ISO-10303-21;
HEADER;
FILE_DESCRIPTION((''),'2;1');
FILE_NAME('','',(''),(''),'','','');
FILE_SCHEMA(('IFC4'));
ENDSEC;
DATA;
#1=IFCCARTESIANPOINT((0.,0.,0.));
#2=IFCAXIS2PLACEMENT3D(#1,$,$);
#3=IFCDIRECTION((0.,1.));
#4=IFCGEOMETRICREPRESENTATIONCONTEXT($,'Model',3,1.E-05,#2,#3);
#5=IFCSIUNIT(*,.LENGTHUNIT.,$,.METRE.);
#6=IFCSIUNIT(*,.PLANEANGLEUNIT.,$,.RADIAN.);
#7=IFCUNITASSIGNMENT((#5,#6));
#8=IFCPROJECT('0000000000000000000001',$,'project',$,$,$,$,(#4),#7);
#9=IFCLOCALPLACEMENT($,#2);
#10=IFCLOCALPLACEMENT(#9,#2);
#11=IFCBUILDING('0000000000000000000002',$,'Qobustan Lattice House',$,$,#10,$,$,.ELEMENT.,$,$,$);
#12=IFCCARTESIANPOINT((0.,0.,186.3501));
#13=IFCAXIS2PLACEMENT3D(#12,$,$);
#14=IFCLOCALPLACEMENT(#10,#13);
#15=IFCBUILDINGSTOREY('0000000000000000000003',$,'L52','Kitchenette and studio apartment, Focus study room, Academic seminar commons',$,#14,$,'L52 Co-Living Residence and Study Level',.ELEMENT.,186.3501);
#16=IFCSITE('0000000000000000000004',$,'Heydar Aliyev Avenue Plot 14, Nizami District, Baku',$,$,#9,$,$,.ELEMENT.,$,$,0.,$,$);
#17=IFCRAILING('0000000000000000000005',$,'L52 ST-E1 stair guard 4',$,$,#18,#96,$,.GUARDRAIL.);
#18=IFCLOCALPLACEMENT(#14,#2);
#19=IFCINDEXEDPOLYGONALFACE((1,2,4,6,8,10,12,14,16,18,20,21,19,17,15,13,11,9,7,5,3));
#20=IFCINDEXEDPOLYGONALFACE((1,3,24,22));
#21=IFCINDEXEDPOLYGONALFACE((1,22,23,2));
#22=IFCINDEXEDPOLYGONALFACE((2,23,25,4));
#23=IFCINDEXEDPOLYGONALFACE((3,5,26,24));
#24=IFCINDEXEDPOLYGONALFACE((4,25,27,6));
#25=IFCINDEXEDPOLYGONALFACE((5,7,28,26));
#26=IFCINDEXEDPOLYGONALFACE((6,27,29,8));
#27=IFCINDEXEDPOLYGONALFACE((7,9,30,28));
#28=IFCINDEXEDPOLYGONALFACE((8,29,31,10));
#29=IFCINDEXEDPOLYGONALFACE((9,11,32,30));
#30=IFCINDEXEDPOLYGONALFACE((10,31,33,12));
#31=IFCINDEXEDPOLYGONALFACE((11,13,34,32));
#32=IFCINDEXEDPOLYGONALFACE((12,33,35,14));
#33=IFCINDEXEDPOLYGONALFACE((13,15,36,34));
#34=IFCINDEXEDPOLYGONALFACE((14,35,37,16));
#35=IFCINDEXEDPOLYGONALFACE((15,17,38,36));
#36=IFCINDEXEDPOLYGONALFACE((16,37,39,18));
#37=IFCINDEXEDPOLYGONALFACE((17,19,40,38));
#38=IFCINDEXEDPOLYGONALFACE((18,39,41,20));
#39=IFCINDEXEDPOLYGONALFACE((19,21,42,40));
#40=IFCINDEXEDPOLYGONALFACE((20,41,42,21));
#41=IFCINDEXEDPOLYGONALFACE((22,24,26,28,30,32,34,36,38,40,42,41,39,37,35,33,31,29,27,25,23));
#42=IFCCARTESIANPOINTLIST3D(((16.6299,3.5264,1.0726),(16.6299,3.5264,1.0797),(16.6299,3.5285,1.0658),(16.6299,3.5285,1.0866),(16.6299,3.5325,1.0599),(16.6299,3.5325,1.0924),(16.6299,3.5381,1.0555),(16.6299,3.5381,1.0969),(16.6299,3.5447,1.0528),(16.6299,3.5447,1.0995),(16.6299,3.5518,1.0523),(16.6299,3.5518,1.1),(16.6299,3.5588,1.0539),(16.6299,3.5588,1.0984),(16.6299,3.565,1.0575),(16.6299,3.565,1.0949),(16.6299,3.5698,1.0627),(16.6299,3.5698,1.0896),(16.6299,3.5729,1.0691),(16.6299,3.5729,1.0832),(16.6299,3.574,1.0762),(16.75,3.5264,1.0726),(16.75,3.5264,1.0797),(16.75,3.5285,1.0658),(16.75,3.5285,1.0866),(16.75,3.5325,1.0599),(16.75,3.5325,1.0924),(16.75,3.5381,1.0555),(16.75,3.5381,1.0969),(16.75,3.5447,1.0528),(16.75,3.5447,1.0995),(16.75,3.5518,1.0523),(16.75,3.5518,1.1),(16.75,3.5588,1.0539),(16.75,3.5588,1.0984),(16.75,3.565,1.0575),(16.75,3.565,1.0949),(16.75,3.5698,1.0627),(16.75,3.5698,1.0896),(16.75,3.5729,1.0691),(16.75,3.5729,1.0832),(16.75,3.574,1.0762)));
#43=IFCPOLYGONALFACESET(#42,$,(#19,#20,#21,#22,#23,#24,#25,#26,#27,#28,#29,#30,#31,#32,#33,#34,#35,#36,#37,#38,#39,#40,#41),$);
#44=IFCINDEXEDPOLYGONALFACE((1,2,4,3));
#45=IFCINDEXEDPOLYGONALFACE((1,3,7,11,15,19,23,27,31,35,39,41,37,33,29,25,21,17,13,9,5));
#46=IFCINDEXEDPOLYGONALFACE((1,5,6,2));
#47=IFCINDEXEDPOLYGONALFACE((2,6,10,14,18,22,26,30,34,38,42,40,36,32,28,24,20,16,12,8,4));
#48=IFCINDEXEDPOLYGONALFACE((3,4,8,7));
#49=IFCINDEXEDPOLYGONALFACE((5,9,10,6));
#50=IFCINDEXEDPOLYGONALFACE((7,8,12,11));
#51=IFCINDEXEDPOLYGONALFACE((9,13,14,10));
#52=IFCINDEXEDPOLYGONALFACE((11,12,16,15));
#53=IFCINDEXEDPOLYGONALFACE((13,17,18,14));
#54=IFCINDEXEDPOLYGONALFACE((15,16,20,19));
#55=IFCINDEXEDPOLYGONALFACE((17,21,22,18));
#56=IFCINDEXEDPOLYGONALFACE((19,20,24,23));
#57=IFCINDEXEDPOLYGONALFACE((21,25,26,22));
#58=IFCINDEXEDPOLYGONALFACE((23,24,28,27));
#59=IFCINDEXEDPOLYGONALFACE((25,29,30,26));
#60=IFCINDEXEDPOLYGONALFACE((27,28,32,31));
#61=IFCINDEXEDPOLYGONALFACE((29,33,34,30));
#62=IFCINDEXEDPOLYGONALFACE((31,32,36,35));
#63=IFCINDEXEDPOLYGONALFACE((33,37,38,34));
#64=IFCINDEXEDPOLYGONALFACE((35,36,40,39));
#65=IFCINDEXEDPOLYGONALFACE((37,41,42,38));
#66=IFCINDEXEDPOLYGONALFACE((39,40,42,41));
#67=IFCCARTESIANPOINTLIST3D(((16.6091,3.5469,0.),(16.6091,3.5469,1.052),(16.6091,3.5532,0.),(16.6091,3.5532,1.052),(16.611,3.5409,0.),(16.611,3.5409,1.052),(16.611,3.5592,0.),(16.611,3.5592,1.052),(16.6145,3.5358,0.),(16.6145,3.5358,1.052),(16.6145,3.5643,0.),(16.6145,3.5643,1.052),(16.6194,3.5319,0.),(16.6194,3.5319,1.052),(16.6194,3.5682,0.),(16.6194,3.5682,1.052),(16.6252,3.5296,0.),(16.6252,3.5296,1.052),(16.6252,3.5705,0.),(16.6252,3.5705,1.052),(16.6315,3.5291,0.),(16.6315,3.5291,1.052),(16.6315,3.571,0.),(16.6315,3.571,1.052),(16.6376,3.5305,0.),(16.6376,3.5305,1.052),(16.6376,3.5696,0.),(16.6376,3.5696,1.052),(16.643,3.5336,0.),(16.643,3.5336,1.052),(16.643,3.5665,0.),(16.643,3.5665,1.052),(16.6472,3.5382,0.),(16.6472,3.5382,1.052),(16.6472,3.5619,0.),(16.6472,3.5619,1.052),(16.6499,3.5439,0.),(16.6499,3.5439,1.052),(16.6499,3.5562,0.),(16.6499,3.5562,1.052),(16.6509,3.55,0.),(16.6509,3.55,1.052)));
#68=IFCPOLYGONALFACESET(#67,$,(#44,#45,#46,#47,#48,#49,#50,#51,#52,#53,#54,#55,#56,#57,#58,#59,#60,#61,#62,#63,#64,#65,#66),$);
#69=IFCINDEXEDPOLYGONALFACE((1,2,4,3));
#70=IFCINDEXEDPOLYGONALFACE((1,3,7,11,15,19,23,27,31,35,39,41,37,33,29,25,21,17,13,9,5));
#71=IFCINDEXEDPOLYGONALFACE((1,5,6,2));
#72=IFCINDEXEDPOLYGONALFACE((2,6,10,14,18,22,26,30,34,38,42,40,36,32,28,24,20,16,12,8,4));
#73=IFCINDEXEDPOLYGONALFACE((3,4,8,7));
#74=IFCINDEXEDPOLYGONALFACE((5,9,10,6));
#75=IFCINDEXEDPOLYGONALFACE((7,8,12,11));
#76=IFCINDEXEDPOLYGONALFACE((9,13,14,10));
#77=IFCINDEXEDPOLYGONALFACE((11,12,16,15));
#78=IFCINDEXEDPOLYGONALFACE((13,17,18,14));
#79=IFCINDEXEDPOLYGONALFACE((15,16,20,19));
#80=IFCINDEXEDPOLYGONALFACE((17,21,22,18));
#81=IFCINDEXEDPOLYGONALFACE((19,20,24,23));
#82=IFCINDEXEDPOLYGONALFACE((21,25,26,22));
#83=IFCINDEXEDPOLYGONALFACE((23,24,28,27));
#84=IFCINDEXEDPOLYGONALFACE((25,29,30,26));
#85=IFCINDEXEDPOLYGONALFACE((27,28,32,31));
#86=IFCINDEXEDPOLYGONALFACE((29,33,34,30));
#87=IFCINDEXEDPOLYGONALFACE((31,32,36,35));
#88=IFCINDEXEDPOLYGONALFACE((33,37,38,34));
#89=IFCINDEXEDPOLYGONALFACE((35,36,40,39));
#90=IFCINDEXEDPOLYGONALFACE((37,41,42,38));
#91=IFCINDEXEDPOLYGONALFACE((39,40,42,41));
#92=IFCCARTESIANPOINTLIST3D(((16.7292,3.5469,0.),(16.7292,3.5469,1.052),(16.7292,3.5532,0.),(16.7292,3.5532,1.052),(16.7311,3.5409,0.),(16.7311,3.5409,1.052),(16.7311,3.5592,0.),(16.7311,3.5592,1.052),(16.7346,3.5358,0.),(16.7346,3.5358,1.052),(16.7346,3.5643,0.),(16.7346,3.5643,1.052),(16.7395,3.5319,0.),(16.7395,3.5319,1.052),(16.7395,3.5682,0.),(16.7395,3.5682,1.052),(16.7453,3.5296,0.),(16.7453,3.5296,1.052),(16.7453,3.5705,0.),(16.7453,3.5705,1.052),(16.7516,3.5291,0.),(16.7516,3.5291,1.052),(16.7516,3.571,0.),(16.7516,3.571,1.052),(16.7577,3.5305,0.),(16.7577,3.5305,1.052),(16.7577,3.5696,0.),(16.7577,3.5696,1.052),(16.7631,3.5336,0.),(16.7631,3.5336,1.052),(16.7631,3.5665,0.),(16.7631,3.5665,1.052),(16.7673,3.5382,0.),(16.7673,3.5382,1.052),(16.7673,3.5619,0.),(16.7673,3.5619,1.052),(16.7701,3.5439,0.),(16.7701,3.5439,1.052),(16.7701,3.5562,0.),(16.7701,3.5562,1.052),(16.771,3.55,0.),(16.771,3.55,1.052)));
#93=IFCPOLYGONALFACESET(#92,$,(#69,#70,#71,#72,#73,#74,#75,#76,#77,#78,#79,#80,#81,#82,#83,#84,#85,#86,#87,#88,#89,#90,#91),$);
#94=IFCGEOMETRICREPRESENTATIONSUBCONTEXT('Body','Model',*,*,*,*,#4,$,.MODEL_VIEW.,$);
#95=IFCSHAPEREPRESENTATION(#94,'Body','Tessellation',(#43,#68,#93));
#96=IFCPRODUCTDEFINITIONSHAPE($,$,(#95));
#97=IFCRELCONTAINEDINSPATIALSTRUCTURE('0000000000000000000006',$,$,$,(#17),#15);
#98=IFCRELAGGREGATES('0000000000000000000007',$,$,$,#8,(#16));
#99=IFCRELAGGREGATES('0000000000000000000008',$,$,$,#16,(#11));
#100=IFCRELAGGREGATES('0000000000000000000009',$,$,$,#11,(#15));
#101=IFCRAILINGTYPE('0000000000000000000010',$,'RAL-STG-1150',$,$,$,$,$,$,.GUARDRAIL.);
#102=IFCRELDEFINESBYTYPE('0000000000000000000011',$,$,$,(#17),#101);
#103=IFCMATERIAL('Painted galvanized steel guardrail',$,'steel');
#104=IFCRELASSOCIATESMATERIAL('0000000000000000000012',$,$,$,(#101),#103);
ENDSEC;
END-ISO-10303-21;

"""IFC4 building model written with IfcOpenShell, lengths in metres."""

from ifc_helpers import new_model, si_unit, direction, frame, origin, origin_2d, place, context, subcontext, project, spatial, circle, extrude, material, type_object, element, save


model = new_model("IFC4")

# Units and contexts
model_context = context("Model", 3, precision=1e-05, world=origin(), true_north=direction((0.0, 1.0)))
body_context = subcontext(model_context, "Body", "Model", "MODEL_VIEW")
ifc_project = project(units=[si_unit("LENGTHUNIT", "METRE"), si_unit("PLANEANGLEUNIT", "RADIAN")], contexts=[model_context])

# Site, building, storey
site_placement = place(None, origin())
site = spatial("IfcSite", under=ifc_project, at=site_placement, Name="Heydar Aliyev Avenue Plot 14, Nizami District, Baku", CompositionType="ELEMENT", RefElevation=0.0)
building_placement = place(site_placement, origin())
building = spatial("IfcBuilding", under=site, at=building_placement, Name="Qobustan Lattice House", CompositionType="ELEMENT")
storey_placement = place(building_placement, frame((0.0, 0.0, 186.3501)))
storey = spatial("IfcBuildingStorey", under=building, at=storey_placement, Name="L52", Description="Kitchenette and studio apartment, Focus study room, Academic seminar commons", LongName="L52 Co-Living Residence and Study Level", CompositionType="ELEMENT", Elevation=186.3501)

# Railing
ifc_material_1 = material(Name="Painted galvanized steel guardrail", Category="steel")
railing_type_1 = type_object("IfcRailingType", Name="RAL-STG-1150", PredefinedType="GUARDRAIL", material=ifc_material_1)
railing_1_placement = place(storey_placement, frame((16.6299, 3.55, 0.0)))
element("IfcRailing", 1, at=railing_1_placement, inside=storey, type_object=railing_type_1, Name="L52 ST-E1 stair guard 4", PredefinedType="GUARDRAIL", context=body_context, shape_type="SweptSolid", body=[
    extrude(circle(Radius=0.0239, at=origin_2d()), frame((0.0, 0.0, 1.0762), z_axis=(1.0, 0.0, 0.0), x_axis=(0.0, 1.0, 0.0)), (0.0, 0.0, 1.0), 0.1201),
    extrude(circle(Radius=0.021, at=origin_2d()), origin(), (0.0, 0.0, 1.0), 1.052),
    extrude(circle(Radius=0.021, at=origin_2d()), frame((0.1201, 0.0, 0.0)), (0.0, 0.0, 1.0), 1.052),
])

save(model, "model.ifc")
